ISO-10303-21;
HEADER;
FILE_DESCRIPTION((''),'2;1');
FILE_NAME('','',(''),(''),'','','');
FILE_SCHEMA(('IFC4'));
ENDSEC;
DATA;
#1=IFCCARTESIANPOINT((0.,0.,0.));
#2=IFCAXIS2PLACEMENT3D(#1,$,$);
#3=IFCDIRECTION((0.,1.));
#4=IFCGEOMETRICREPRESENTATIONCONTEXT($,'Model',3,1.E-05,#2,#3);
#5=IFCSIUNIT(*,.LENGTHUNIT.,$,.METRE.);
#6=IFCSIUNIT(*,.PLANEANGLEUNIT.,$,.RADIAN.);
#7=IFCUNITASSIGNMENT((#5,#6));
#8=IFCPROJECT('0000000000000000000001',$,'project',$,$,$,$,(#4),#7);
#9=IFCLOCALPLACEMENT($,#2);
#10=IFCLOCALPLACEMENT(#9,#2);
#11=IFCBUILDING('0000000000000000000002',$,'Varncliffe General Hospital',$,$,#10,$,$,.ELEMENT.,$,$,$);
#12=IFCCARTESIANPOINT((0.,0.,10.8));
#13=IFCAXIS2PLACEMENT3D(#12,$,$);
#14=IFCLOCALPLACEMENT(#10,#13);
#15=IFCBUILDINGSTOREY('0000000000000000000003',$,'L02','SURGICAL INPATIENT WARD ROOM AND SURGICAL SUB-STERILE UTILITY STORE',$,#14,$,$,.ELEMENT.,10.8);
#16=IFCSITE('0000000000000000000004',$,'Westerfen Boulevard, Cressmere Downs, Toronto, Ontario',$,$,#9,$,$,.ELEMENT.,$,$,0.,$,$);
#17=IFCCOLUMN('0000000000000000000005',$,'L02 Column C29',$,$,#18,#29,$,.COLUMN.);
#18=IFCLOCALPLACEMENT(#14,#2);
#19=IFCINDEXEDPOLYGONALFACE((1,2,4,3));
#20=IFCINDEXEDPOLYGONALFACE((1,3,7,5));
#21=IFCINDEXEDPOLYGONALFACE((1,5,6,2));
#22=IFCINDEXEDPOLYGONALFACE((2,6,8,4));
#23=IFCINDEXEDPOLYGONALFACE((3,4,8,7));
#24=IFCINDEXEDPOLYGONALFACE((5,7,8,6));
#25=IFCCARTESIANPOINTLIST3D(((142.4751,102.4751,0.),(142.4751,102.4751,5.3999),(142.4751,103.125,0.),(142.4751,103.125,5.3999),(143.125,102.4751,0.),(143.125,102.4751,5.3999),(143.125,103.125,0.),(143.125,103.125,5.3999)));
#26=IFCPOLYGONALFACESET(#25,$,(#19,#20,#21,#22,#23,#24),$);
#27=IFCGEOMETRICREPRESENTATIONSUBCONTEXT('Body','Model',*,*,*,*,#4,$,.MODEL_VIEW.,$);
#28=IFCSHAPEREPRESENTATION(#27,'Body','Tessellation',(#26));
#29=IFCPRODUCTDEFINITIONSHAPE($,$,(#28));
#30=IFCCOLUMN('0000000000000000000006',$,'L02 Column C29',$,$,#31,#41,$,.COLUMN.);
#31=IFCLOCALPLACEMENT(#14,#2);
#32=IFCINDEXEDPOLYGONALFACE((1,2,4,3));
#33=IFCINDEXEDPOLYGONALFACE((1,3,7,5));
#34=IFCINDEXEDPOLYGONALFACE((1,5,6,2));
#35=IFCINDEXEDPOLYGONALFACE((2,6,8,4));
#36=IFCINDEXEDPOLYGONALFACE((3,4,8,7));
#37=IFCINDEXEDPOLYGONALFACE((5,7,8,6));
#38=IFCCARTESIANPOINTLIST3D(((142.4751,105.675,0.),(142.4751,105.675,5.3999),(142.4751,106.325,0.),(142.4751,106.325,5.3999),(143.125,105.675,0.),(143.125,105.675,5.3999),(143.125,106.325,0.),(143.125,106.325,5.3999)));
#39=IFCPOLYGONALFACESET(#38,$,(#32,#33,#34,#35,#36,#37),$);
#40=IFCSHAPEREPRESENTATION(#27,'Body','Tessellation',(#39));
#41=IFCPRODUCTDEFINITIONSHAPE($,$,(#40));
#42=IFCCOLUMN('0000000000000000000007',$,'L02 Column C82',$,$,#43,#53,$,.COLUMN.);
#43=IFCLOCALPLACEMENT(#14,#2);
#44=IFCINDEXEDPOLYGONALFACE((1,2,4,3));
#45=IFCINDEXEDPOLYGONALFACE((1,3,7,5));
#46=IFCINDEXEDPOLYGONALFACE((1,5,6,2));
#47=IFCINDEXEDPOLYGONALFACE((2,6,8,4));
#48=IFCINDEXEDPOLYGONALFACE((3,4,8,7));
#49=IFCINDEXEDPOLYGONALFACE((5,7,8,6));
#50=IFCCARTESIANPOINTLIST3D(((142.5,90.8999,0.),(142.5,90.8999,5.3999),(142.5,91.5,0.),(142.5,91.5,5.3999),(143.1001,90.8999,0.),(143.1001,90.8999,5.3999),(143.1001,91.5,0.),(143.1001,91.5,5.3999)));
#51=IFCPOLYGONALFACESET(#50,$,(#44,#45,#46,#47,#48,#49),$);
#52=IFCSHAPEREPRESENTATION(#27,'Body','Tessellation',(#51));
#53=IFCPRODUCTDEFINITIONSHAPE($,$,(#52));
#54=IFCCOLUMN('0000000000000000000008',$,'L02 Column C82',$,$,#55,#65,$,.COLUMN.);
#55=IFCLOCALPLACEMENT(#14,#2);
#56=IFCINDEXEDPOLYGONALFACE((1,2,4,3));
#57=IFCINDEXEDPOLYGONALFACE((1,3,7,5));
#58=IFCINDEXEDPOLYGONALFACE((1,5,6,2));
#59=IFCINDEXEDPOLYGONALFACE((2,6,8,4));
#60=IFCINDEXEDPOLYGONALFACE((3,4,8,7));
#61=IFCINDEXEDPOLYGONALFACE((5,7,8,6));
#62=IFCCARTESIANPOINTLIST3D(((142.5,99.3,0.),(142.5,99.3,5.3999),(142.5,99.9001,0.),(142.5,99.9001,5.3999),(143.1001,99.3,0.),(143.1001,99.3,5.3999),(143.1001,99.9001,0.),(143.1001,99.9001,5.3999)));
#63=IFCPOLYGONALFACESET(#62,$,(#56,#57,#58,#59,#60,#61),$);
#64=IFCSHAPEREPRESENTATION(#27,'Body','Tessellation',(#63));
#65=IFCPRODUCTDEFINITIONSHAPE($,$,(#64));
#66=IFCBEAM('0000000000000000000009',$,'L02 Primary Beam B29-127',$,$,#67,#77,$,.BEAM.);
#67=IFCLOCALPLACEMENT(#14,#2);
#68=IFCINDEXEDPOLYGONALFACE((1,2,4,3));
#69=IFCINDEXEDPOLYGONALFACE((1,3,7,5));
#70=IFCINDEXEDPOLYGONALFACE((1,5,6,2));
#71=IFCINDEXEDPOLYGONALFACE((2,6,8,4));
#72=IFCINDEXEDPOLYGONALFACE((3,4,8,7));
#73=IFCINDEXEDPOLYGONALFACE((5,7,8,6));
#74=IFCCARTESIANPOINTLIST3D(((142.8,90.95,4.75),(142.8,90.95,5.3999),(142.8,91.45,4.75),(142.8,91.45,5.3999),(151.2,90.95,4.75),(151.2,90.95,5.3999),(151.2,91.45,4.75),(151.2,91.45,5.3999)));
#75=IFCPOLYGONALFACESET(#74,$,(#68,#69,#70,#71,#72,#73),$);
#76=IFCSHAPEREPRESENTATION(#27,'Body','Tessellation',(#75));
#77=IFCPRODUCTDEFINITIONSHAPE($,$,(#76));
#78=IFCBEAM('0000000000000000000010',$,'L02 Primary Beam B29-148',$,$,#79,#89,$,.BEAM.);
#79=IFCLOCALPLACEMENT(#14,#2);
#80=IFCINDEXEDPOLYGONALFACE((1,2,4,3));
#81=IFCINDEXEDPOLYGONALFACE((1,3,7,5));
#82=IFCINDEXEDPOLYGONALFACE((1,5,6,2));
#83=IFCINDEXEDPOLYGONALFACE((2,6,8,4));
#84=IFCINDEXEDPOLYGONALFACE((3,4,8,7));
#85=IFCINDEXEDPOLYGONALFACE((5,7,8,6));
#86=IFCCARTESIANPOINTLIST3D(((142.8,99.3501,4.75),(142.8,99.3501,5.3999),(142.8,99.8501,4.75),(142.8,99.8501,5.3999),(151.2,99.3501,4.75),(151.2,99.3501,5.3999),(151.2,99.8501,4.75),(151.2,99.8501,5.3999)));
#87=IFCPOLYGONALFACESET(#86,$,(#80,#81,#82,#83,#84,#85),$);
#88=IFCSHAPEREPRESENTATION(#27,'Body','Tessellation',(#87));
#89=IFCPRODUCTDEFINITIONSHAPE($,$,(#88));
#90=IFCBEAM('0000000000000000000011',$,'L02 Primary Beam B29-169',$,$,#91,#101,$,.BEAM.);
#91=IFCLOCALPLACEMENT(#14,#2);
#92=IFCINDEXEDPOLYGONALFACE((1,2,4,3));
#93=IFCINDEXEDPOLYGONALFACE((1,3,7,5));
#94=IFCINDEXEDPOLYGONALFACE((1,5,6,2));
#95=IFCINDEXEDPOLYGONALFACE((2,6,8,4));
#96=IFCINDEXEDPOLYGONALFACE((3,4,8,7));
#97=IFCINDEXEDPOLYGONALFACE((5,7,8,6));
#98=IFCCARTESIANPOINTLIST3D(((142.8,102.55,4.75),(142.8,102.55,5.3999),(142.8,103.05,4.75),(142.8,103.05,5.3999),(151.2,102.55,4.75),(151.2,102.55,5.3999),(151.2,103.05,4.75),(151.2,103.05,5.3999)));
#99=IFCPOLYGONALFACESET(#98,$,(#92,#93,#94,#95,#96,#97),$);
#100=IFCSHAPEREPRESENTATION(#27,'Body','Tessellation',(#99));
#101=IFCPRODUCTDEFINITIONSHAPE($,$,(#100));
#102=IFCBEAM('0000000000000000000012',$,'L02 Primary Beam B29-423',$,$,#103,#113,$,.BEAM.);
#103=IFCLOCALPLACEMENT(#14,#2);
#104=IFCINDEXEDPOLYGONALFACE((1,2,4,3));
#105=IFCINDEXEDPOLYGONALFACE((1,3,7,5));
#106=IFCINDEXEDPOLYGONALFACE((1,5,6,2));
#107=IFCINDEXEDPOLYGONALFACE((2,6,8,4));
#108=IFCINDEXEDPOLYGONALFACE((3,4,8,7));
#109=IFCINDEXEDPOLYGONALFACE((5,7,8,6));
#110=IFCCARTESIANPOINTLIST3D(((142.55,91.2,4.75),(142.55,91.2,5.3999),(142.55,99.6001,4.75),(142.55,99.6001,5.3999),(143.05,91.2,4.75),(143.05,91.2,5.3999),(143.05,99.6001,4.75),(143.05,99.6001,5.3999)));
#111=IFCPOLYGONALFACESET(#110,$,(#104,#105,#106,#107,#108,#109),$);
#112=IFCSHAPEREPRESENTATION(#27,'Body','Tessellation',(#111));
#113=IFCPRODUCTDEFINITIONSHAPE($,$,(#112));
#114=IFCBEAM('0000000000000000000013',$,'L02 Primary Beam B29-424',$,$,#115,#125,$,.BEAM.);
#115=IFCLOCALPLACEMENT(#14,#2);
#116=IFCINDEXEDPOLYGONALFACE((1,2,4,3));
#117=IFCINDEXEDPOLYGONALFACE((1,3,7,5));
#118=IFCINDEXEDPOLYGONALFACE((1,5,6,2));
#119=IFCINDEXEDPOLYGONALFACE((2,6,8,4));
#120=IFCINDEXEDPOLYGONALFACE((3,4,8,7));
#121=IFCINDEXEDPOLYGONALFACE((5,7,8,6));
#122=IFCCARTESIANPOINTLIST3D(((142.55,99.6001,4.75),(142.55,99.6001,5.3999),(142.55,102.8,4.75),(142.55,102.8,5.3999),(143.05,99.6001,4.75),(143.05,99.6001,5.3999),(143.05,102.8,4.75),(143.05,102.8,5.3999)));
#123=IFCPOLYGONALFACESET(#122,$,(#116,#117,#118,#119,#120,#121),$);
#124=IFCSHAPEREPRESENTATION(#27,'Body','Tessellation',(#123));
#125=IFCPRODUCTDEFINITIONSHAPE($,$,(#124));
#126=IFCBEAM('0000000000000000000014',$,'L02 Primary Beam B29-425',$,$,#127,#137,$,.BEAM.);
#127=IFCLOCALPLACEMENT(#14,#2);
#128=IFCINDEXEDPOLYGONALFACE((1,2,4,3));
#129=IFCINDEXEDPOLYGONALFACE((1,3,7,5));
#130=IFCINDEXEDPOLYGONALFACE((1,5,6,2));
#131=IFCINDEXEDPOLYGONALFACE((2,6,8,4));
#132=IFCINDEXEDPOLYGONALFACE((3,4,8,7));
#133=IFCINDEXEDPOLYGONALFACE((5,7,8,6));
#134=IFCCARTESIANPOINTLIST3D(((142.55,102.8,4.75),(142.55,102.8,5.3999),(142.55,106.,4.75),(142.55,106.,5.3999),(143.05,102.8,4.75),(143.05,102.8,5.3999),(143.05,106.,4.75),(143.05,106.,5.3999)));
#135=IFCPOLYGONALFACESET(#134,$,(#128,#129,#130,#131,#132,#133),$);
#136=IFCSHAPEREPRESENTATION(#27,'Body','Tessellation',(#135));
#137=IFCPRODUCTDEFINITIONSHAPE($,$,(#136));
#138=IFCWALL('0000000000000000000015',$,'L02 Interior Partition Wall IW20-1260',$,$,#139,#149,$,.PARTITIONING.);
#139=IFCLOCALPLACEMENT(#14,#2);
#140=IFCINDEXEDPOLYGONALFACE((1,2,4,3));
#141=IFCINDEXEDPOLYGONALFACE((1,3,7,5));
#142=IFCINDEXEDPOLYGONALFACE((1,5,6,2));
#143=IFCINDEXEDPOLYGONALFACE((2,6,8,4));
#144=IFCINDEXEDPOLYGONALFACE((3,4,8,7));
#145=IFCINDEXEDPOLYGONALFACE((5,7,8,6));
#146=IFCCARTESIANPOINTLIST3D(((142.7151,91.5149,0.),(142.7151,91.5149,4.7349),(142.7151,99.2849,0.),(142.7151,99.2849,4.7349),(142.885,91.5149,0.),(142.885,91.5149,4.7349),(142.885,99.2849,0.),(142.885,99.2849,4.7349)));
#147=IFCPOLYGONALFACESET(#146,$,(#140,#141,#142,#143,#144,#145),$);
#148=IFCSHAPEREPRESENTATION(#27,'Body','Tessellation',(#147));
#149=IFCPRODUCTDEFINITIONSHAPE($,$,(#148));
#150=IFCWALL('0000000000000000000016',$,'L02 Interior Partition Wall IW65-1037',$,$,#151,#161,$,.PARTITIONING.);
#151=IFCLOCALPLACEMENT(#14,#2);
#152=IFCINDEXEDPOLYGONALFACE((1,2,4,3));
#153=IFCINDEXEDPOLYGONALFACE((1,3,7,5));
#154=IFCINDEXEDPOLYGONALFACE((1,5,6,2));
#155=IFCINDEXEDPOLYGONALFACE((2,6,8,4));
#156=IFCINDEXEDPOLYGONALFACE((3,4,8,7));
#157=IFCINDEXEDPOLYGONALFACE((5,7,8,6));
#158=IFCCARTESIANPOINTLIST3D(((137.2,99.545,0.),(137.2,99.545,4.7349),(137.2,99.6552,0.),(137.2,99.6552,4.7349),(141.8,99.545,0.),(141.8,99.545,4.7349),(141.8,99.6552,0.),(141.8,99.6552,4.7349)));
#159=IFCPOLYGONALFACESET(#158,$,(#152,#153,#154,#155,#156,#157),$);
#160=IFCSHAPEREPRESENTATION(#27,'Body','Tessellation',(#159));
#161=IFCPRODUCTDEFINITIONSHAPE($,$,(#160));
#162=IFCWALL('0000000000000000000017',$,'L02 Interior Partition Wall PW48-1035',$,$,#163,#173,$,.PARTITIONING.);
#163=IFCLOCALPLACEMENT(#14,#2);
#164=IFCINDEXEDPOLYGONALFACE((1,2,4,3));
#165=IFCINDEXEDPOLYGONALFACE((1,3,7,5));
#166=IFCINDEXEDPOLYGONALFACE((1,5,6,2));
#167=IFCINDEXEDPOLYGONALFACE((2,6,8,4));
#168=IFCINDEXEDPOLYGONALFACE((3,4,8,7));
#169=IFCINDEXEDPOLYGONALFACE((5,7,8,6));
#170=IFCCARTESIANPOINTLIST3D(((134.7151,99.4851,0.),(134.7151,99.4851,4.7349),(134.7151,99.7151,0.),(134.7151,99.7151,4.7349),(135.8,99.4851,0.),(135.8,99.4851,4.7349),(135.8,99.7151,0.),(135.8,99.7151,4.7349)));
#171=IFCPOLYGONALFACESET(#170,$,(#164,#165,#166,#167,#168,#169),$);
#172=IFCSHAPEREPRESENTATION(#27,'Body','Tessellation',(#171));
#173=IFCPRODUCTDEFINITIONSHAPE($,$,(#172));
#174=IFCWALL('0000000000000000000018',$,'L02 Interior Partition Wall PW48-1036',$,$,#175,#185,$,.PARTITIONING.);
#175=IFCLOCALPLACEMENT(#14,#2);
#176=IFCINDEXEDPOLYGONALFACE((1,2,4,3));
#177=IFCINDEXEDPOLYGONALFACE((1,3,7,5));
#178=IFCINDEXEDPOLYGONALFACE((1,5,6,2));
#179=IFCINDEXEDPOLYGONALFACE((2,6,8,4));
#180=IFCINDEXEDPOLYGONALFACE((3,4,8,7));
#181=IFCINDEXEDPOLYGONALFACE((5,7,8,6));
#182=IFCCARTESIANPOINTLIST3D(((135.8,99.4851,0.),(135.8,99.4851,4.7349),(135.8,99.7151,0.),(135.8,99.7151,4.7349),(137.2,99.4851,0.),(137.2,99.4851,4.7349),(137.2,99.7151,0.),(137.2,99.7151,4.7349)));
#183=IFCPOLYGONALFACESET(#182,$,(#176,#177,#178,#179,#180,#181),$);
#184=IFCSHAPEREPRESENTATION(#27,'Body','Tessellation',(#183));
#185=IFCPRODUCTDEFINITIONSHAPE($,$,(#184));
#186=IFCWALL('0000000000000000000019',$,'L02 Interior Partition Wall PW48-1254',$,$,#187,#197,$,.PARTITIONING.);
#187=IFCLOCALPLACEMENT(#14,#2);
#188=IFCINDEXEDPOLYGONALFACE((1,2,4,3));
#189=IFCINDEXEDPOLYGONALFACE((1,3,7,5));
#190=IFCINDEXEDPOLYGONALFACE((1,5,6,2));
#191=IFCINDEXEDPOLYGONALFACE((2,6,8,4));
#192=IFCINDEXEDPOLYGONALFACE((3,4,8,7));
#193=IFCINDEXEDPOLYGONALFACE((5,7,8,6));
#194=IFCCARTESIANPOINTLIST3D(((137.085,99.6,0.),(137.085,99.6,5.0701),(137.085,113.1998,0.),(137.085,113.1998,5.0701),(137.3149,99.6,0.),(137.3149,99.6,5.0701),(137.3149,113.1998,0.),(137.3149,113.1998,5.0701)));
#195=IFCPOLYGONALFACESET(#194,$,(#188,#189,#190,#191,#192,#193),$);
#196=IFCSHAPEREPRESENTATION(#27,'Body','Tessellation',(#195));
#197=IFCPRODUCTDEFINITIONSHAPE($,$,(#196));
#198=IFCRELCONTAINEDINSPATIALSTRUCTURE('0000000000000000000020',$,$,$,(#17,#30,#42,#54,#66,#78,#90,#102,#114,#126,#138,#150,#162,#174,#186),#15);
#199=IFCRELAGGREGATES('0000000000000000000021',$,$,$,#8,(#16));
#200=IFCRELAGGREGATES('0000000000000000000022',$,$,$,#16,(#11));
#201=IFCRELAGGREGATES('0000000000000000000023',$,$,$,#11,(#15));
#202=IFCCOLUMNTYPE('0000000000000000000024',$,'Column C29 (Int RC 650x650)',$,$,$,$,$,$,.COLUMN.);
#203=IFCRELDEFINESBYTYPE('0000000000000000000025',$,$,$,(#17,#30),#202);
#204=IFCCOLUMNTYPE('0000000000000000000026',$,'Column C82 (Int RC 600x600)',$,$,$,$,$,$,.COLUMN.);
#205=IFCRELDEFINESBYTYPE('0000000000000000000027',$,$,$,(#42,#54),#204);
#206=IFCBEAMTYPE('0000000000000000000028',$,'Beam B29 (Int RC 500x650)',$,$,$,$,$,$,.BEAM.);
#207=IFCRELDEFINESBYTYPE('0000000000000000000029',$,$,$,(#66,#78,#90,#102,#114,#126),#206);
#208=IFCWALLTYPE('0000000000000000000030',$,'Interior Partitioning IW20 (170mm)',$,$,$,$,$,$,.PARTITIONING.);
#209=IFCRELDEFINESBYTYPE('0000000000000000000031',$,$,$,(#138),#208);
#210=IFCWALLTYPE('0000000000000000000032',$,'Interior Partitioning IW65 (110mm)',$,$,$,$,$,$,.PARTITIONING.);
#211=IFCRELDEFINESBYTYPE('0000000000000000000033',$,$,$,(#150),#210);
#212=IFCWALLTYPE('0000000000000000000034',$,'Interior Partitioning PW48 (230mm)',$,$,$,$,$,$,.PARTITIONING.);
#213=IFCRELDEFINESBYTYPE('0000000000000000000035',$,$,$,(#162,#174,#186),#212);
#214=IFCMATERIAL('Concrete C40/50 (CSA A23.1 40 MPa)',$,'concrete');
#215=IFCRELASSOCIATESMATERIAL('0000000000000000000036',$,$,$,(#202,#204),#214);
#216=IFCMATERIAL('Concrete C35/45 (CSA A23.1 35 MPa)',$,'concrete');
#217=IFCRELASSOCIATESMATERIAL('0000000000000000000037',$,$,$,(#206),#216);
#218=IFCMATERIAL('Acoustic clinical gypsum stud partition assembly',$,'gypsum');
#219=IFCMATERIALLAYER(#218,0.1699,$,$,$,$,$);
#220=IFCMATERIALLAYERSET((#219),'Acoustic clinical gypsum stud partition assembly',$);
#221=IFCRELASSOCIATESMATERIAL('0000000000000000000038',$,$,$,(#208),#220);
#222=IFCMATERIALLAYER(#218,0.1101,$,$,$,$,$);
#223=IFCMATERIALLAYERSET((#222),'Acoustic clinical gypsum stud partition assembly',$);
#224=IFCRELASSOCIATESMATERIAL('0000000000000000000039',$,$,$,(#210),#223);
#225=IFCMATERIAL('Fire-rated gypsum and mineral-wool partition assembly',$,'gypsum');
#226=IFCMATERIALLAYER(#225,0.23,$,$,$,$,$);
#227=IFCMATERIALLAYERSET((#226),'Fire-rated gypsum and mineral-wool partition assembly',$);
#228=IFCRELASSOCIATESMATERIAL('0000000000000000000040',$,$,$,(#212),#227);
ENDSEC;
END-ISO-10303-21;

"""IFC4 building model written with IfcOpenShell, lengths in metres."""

from ifc_helpers import new_model, si_unit, direction, frame, frame_2d, origin, origin_2d, place, context, subcontext, project, spatial, rectangle, extrude, material, layer, layer_set, material_profile, profile_set, type_object, element, save


model = new_model("IFC4")

# Units and contexts
model_context = context("Model", 3, precision=1e-05, world=origin(), true_north=direction((0.0, 1.0)))
body_context = subcontext(model_context, "Body", "Model", "MODEL_VIEW")
ifc_project = project(units=[si_unit("LENGTHUNIT", "METRE"), si_unit("PLANEANGLEUNIT", "RADIAN")], contexts=[model_context])

# Site, building, storey
site_placement = place(None, origin())
site = spatial("IfcSite", under=ifc_project, at=site_placement, Name="Westerfen Boulevard, Cressmere Downs, Toronto, Ontario", CompositionType="ELEMENT", RefElevation=0.0)
building_placement = place(site_placement, origin())
building = spatial("IfcBuilding", under=site, at=building_placement, Name="Varncliffe General Hospital", CompositionType="ELEMENT")
storey_placement = place(building_placement, frame((0.0, 0.0, 10.8)))
storey = spatial("IfcBuildingStorey", under=building, at=storey_placement, Name="L02", Description="SURGICAL INPATIENT WARD ROOM AND SURGICAL SUB-STERILE UTILITY STORE", CompositionType="ELEMENT", Elevation=10.8)

# Columns
ifc_material_1 = material(Name="Concrete C40/50 (CSA A23.1 40 MPa)", Category="concrete")
ifc_material_profile_1 = material_profile(ifc_material_1, rectangle(XDim=0.6499, YDim=0.6499, at=origin_2d()), Name="RC 650x650")
ifc_profile_set_1 = profile_set([ifc_material_profile_1], Name="Concrete C40/50 (CSA A23.1 40 MPa)")
column_type_1 = type_object("IfcColumnType", Name="Column C29 (Int RC 650x650)", PredefinedType="COLUMN", material=ifc_profile_set_1)
for number, where, z_axis, x_axis, name in (
    (1, (142.8, 102.8, 0.0), (0.0, 0.0, 1.0), (1.0, 0.0, 0.0), "L02 Column C29"),
    (2, (142.8, 106.0, 0.0), (0.0, 0.0, 1.0), (1.0, 0.0, 0.0), "L02 Column C29"),
):
    element("IfcColumn", number, at=place(storey_placement, frame(where, z_axis=z_axis, x_axis=x_axis)), inside=storey, type_object=column_type_1, Name=name, PredefinedType="COLUMN", context=body_context, shape_type="SweptSolid", body=[
        extrude(rectangle(XDim=0.6499, YDim=0.6499, at=origin_2d()), origin(), (0.0, 0.0, 1.0), 5.3999),
    ])
ifc_material_profile_2 = material_profile(ifc_material_1, rectangle(XDim=0.6001, YDim=0.6001, at=origin_2d()), Name="RC 600x600")
ifc_profile_set_2 = profile_set([ifc_material_profile_2], Name="Concrete C40/50 (CSA A23.1 40 MPa)")
column_type_2 = type_object("IfcColumnType", Name="Column C82 (Int RC 600x600)", PredefinedType="COLUMN", material=ifc_profile_set_2)
for number, where, z_axis, x_axis, name in (
    (3, (142.8, 91.2, 0.0), (0.0, 0.0, 1.0), (1.0, 0.0, 0.0), "L02 Column C82"),
    (4, (142.8, 99.6001, 0.0), (0.0, 0.0, 1.0), (1.0, 0.0, 0.0), "L02 Column C82"),
):
    element("IfcColumn", number, at=place(storey_placement, frame(where, z_axis=z_axis, x_axis=x_axis)), inside=storey, type_object=column_type_2, Name=name, PredefinedType="COLUMN", context=body_context, shape_type="SweptSolid", body=[
        extrude(rectangle(XDim=0.6001, YDim=0.6001, at=origin_2d()), origin(), (0.0, 0.0, 1.0), 5.3999),
    ])

# Beams
ifc_material_2 = material(Name="Concrete C35/45 (CSA A23.1 35 MPa)", Category="concrete")
ifc_material_profile_3 = material_profile(ifc_material_2, rectangle(XDim=0.5, YDim=0.6499, at=origin_2d()), Name="RC 500x650")
ifc_profile_set_3 = profile_set([ifc_material_profile_3], Name="Concrete C35/45 (CSA A23.1 35 MPa)")
beam_type = type_object("IfcBeamType", Name="Beam B29 (Int RC 500x650)", PredefinedType="BEAM", material=ifc_profile_set_3)
for number, where, z_axis, x_axis, name in (
    (5, (142.8, 91.2, 5.075), (1.0, 0.0, 0.0), (0.0, 1.0, 0.0), "L02 Primary Beam B29-127"),
    (6, (142.8, 99.6001, 5.075), (1.0, 0.0, 0.0), (0.0, 1.0, 0.0), "L02 Primary Beam B29-148"),
    (7, (142.8, 102.8, 5.075), (1.0, 0.0, 0.0), (0.0, 1.0, 0.0), "L02 Primary Beam B29-169"),
):
    element("IfcBeam", number, at=place(storey_placement, frame(where, z_axis=z_axis, x_axis=x_axis)), inside=storey, type_object=beam_type, Name=name, PredefinedType="BEAM", context=body_context, shape_type="SweptSolid", body=[
        extrude(rectangle(XDim=0.5, YDim=0.6499, at=origin_2d()), origin(), (0.0, 0.0, 1.0), 8.3999),
    ])
beam_placement = place(storey_placement, frame((142.8, 91.2, 5.075), z_axis=(0.0, 1.0, 0.0), x_axis=(-1.0, 0.0, 0.0)))
element("IfcBeam", 8, at=beam_placement, inside=storey, type_object=beam_type, Name="L02 Primary Beam B29-423", PredefinedType="BEAM", context=body_context, shape_type="SweptSolid", body=[
    extrude(rectangle(XDim=0.5, YDim=0.6499, at=origin_2d()), origin(), (0.0, 0.0, 1.0), 8.4001),
])
for number, where, z_axis, x_axis, name in (
    (9, (142.8, 99.6001, 5.075), (0.0, 1.0, 0.0), (-1.0, 0.0, 0.0), "L02 Primary Beam B29-424"),
    (10, (142.8, 102.8, 5.075), (0.0, 1.0, 0.0), (-1.0, 0.0, 0.0), "L02 Primary Beam B29-425"),
):
    element("IfcBeam", number, at=place(storey_placement, frame(where, z_axis=z_axis, x_axis=x_axis)), inside=storey, type_object=beam_type, Name=name, PredefinedType="BEAM", context=body_context, shape_type="SweptSolid", body=[
        extrude(rectangle(XDim=0.5, YDim=0.6499, at=origin_2d()), origin(), (0.0, 0.0, 1.0), 3.2),
    ])

# Walls
ifc_material_3 = material(Name="Acoustic clinical gypsum stud partition assembly", Category="gypsum")
ifc_layer_1 = layer(ifc_material_3, 0.1699)
ifc_layer_set_1 = layer_set([ifc_layer_1], Name="Acoustic clinical gypsum stud partition assembly")
wall_type_1 = type_object("IfcWallType", Name="Interior Partitioning IW20 (170mm)", PredefinedType="PARTITIONING", material=ifc_layer_set_1)
wall_1_placement = place(storey_placement, frame((142.8, 91.5149, 0.0), z_axis=(0.0, 0.0, 1.0), x_axis=(0.0, 1.0, 0.0)))
element("IfcWall", 11, at=wall_1_placement, inside=storey, type_object=wall_type_1, Name="L02 Interior Partition Wall IW20-1260", PredefinedType="PARTITIONING", context=body_context, shape_type="SweptSolid", body=[
    extrude(rectangle(XDim=7.77, YDim=0.1699, at=frame_2d((3.885, 0.0))), origin(), (0.0, 0.0, 1.0), 4.7349),
])
ifc_layer_2 = layer(ifc_material_3, 0.1101)
ifc_layer_set_2 = layer_set([ifc_layer_2], Name="Acoustic clinical gypsum stud partition assembly")
wall_type_2 = type_object("IfcWallType", Name="Interior Partitioning IW65 (110mm)", PredefinedType="PARTITIONING", material=ifc_layer_set_2)
wall_2_placement = place(storey_placement, frame((137.2, 99.6001, 0.0), z_axis=(0.0, 0.0, 1.0), x_axis=(1.0, 0.0, 0.0)))
element("IfcWall", 12, at=wall_2_placement, inside=storey, type_object=wall_type_2, Name="L02 Interior Partition Wall IW65-1037", PredefinedType="PARTITIONING", context=body_context, shape_type="SweptSolid", body=[
    extrude(rectangle(XDim=4.6001, YDim=0.1101, at=frame_2d((2.3, 0.0))), origin(), (0.0, 0.0, 1.0), 4.7349),
])
ifc_material_4 = material(Name="Fire-rated gypsum and mineral-wool partition assembly", Category="gypsum")
ifc_layer_3 = layer(ifc_material_4, 0.23)
ifc_layer_set_3 = layer_set([ifc_layer_3], Name="Fire-rated gypsum and mineral-wool partition assembly")
wall_type_3 = type_object("IfcWallType", Name="Interior Partitioning PW48 (230mm)", PredefinedType="PARTITIONING", material=ifc_layer_set_3)
wall_3_placement = place(storey_placement, frame((134.7151, 99.6001, 0.0), z_axis=(0.0, 0.0, 1.0), x_axis=(1.0, 0.0, 0.0)))
element("IfcWall", 13, at=wall_3_placement, inside=storey, type_object=wall_type_3, Name="L02 Interior Partition Wall PW48-1035", PredefinedType="PARTITIONING", context=body_context, shape_type="SweptSolid", body=[
    extrude(rectangle(XDim=1.085, YDim=0.23, at=frame_2d((0.5425, 0.0))), origin(), (0.0, 0.0, 1.0), 4.7349),
])
wall_4_placement = place(storey_placement, frame((135.8, 99.6001, 0.0), z_axis=(0.0, 0.0, 1.0), x_axis=(1.0, 0.0, 0.0)))
element("IfcWall", 14, at=wall_4_placement, inside=storey, type_object=wall_type_3, Name="L02 Interior Partition Wall PW48-1036", PredefinedType="PARTITIONING", context=body_context, shape_type="SweptSolid", body=[
    extrude(rectangle(XDim=1.3999, YDim=0.23, at=frame_2d((0.7, 0.0))), origin(), (0.0, 0.0, 1.0), 4.7349),
])
wall_5_placement = place(storey_placement, frame((137.2, 99.6001, 0.0), z_axis=(0.0, 0.0, 1.0), x_axis=(0.0, 1.0, 0.0)))
element("IfcWall", 15, at=wall_5_placement, inside=storey, type_object=wall_type_3, Name="L02 Interior Partition Wall PW48-1254", PredefinedType="PARTITIONING", context=body_context, shape_type="SweptSolid", body=[
    extrude(rectangle(XDim=13.5999, YDim=0.23, at=frame_2d((6.7998, 0.0))), origin(), (0.0, 0.0, 1.0), 5.0701),
])

save(model, "model.ifc")
